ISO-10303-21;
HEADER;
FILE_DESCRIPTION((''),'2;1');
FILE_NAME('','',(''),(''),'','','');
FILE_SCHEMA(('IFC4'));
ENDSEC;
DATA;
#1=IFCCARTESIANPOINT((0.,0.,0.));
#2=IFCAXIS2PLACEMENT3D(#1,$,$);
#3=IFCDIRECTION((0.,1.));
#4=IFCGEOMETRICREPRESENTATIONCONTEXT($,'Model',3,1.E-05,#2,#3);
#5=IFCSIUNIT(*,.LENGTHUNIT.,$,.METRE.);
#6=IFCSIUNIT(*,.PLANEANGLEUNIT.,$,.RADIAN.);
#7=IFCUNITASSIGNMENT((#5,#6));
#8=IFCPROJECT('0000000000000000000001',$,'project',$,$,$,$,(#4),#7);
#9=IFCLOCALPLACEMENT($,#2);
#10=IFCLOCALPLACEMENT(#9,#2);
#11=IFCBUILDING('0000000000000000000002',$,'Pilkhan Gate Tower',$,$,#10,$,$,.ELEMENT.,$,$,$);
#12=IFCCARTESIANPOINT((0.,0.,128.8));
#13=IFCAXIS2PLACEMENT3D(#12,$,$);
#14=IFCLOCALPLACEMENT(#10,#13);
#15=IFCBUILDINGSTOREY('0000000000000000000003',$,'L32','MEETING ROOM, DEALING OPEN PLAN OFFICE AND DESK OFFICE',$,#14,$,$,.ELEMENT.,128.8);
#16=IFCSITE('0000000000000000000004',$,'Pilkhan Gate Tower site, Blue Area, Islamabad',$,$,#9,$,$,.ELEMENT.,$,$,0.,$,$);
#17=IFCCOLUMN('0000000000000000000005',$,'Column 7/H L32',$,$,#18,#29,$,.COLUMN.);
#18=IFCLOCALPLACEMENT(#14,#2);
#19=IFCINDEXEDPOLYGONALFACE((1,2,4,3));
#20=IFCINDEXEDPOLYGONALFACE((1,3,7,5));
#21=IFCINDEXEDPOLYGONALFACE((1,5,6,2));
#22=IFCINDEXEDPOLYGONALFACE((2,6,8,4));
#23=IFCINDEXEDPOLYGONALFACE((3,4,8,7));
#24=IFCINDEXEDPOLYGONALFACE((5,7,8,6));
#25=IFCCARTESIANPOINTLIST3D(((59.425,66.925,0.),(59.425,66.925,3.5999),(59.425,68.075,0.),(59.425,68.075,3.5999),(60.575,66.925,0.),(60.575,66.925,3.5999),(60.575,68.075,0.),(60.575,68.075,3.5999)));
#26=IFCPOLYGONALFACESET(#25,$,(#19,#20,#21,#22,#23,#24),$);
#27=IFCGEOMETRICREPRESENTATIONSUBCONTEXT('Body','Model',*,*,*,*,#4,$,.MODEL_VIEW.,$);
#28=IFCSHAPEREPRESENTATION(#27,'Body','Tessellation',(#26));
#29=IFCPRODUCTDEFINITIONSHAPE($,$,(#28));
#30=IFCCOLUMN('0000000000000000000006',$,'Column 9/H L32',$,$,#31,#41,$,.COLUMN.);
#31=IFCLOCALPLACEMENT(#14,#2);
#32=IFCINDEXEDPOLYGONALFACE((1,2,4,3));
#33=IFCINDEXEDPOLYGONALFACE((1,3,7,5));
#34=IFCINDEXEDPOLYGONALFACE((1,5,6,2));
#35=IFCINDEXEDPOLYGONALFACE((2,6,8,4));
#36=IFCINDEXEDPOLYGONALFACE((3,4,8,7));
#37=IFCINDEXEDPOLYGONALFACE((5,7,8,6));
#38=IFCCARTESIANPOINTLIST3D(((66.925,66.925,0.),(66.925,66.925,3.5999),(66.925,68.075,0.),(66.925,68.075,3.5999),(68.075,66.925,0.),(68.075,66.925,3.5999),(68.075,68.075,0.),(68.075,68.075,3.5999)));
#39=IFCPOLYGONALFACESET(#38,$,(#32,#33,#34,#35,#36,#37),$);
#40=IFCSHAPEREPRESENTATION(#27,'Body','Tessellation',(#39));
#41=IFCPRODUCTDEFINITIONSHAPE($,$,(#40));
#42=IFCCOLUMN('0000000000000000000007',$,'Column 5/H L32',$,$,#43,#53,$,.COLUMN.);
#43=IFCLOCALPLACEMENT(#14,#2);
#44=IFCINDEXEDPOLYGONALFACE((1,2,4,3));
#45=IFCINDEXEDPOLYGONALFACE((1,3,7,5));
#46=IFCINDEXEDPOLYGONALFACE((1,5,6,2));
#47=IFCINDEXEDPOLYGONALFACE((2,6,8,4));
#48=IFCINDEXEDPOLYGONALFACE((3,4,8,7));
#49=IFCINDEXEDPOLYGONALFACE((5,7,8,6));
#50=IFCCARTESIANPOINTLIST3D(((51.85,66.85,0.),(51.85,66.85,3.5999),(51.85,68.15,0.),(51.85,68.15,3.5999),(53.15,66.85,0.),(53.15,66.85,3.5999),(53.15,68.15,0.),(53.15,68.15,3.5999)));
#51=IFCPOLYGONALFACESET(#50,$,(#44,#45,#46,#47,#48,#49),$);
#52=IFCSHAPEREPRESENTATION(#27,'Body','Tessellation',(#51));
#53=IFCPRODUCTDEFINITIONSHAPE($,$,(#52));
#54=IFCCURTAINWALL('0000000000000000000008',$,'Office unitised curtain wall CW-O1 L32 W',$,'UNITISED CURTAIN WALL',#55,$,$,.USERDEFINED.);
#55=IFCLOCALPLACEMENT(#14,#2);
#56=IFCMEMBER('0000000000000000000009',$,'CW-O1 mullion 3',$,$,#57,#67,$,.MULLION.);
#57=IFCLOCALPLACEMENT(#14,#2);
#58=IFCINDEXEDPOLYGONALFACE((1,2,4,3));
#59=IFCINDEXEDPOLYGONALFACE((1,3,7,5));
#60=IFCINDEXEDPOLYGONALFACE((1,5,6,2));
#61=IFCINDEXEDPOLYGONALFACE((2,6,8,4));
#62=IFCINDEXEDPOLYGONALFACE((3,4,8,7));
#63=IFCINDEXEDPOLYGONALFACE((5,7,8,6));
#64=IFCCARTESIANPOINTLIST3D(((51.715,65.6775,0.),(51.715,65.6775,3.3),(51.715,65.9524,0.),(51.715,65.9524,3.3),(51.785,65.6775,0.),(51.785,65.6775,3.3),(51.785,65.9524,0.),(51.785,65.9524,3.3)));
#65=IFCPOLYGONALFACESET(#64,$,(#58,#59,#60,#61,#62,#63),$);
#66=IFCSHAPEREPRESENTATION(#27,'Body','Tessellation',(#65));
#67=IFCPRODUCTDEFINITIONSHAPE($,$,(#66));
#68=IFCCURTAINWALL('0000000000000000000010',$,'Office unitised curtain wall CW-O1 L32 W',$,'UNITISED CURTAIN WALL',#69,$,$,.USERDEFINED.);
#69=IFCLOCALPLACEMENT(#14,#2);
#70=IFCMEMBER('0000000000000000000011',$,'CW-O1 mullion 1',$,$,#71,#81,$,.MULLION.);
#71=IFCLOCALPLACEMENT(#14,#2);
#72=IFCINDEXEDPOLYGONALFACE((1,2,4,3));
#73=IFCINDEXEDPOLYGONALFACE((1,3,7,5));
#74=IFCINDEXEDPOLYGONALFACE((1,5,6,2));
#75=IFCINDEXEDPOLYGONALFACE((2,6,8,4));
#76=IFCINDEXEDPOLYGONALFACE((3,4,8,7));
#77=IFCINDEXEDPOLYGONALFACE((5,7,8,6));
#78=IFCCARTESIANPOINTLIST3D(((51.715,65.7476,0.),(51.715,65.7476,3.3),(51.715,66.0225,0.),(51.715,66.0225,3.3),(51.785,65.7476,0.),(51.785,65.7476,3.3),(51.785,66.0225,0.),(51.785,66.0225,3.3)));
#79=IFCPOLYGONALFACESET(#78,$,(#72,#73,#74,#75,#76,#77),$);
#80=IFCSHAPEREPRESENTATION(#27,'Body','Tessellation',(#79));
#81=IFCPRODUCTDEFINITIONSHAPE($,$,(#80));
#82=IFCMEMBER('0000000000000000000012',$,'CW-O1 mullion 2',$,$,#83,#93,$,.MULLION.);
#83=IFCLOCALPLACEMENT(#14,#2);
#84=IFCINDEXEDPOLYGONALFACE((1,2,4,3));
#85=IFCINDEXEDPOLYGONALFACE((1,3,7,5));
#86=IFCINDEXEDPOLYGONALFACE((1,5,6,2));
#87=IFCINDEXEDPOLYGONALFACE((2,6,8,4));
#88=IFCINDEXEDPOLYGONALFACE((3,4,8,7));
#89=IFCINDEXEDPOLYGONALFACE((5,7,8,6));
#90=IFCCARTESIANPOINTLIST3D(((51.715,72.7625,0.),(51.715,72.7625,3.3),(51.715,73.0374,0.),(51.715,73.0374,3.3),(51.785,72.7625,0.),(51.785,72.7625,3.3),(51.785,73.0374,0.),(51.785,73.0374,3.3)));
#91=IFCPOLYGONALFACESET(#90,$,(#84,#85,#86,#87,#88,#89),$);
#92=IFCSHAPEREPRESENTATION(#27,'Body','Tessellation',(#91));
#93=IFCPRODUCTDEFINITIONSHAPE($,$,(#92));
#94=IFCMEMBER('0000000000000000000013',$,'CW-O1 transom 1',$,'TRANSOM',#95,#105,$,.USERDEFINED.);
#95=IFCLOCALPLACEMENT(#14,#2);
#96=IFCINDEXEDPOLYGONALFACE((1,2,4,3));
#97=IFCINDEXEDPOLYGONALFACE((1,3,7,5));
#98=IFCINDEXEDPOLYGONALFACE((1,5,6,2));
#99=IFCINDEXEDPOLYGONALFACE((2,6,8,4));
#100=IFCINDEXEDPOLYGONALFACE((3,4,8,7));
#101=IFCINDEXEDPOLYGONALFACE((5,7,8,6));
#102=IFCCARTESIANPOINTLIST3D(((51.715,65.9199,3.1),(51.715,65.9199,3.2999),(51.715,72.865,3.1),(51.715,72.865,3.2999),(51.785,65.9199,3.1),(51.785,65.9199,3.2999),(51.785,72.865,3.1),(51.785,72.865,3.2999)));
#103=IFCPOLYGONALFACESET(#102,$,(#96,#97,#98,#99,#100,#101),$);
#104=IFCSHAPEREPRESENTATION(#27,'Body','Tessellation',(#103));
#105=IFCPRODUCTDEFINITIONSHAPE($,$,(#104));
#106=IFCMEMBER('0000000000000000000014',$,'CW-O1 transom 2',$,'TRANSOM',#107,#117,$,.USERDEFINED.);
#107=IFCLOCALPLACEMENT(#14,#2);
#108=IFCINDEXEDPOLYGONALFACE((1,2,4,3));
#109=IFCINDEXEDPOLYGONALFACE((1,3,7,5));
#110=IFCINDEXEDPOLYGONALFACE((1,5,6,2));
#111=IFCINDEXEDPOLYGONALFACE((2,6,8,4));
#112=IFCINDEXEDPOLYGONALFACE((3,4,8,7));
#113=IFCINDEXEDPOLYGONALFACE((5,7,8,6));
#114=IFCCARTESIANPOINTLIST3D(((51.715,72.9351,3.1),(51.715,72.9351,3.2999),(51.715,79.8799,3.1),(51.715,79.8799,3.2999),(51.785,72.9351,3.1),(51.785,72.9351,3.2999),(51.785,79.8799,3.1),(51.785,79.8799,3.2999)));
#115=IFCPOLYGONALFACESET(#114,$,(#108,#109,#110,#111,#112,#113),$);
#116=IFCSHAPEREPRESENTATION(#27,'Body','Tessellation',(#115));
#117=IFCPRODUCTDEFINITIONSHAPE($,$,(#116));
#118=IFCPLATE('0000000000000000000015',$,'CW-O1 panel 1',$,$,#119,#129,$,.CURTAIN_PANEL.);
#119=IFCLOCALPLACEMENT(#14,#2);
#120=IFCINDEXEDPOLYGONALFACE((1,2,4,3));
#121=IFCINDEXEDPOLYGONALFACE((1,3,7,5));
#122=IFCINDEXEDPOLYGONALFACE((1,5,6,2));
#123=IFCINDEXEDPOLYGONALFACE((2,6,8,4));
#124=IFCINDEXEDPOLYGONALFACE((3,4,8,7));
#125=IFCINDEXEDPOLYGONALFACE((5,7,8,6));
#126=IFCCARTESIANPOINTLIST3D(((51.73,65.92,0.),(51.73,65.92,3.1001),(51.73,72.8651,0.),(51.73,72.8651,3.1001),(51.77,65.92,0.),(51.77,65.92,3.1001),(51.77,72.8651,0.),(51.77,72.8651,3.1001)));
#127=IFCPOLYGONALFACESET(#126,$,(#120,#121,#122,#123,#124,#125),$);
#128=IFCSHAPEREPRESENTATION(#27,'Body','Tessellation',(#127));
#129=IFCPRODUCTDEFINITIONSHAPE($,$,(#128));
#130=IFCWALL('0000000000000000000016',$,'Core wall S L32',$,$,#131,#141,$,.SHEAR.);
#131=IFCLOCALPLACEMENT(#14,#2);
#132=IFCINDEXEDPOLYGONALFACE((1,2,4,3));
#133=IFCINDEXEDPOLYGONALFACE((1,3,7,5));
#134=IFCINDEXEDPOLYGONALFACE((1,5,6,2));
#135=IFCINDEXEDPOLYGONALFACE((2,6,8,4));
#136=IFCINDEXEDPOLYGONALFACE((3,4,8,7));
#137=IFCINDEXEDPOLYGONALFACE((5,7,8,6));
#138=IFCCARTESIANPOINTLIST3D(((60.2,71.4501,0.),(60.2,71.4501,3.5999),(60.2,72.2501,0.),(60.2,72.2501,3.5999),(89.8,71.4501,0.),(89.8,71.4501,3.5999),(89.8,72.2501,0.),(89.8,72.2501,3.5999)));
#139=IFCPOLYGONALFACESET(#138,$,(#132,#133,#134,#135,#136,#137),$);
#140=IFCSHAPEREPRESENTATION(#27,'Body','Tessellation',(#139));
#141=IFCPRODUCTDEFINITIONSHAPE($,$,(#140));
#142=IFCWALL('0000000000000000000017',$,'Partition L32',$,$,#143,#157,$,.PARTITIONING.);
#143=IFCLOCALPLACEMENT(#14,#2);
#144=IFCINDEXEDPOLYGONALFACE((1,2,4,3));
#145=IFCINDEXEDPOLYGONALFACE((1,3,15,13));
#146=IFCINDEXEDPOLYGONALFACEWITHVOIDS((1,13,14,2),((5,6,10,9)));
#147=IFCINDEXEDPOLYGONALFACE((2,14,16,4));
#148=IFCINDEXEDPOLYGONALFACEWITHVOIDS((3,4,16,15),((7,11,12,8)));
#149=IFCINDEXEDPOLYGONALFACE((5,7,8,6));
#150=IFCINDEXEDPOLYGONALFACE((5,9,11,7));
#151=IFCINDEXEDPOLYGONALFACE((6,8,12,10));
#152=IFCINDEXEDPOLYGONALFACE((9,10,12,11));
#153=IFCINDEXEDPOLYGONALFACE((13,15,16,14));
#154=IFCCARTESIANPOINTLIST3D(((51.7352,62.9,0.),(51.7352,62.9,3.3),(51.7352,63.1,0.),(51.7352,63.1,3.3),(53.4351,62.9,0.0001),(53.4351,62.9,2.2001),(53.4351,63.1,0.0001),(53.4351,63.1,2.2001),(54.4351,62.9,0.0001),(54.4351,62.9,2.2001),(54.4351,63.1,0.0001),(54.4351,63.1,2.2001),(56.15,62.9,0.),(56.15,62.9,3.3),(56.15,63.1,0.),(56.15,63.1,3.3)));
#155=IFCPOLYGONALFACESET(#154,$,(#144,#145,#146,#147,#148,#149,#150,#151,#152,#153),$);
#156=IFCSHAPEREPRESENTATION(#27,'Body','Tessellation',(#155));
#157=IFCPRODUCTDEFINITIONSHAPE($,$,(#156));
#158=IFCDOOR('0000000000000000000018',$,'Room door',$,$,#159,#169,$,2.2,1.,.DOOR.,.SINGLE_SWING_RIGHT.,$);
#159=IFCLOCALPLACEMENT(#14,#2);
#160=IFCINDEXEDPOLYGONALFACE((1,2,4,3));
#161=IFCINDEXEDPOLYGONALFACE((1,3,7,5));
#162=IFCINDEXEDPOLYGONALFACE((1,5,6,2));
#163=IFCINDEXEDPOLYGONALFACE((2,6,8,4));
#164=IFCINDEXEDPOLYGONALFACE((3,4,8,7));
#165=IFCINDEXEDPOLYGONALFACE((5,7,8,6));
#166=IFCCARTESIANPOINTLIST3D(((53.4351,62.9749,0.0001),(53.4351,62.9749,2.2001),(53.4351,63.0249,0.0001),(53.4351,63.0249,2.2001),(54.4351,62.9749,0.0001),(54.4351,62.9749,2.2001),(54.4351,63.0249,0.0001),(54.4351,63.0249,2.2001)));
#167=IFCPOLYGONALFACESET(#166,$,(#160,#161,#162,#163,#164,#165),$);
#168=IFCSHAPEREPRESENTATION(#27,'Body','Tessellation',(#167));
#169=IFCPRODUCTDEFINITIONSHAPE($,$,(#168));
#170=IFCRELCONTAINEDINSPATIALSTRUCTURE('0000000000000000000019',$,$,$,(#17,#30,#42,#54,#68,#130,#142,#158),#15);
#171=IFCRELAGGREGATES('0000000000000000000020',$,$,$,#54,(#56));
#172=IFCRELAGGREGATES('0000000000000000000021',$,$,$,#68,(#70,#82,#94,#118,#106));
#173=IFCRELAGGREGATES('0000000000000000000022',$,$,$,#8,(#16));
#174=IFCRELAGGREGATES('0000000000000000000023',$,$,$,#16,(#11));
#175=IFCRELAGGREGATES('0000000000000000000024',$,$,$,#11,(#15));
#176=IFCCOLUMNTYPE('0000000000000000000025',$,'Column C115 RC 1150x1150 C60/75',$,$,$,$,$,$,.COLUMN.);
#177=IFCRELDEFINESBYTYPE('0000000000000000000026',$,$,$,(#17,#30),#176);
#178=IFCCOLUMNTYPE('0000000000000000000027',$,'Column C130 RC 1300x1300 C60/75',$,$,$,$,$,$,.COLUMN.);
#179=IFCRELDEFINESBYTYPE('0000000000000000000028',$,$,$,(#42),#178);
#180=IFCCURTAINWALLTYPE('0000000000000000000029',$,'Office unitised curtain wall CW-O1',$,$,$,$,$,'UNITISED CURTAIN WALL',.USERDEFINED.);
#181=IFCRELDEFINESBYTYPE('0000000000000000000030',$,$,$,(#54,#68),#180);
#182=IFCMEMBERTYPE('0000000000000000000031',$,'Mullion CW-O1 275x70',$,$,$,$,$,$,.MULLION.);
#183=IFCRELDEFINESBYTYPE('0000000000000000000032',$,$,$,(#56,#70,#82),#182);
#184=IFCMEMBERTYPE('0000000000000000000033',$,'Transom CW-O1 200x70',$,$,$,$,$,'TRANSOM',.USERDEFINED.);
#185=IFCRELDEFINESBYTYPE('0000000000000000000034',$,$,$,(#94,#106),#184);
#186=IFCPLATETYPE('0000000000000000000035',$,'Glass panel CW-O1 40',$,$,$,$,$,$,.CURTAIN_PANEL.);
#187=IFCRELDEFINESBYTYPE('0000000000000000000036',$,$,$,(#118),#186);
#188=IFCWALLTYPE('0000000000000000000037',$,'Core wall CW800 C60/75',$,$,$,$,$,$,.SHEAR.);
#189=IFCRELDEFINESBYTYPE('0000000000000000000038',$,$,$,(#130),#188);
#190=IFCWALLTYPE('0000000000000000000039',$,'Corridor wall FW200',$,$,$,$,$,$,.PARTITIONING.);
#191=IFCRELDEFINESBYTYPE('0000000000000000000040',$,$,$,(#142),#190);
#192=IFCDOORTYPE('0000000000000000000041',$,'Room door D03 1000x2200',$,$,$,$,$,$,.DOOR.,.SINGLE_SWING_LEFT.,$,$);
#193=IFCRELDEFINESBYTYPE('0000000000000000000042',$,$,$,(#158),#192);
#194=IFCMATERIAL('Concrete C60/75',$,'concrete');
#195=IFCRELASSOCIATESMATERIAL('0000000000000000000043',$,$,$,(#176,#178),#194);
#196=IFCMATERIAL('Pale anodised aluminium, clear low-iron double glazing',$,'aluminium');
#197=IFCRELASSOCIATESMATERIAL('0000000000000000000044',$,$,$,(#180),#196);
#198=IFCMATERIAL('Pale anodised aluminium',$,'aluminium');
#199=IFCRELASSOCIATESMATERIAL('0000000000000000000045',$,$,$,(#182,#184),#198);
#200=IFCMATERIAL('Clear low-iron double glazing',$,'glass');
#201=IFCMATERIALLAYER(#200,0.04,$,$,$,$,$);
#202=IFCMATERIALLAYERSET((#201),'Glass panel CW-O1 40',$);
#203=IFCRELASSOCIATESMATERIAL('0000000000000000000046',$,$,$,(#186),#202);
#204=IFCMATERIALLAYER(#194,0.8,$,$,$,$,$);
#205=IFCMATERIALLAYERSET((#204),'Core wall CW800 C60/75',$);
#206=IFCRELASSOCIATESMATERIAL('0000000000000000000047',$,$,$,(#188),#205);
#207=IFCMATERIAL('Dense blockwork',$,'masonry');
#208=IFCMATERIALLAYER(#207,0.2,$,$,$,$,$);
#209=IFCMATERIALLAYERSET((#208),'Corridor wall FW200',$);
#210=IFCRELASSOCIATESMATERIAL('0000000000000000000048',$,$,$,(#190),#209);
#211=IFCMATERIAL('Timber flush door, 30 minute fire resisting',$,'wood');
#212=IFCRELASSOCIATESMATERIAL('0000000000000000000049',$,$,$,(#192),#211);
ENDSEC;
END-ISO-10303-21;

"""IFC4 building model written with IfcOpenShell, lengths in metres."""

from ifc_helpers import new_model, si_unit, direction, frame, frame_2d, origin, origin_2d, place, context, subcontext, project, spatial, rectangle, extrude, material, layer, layer_set, material_profile, profile_set, type_object, element, fill, aggregate, save


model = new_model("IFC4")

# Units and contexts
model_context = context("Model", 3, precision=1e-05, world=origin(), true_north=direction((0.0, 1.0)))
body_context = subcontext(model_context, "Body", "Model", "MODEL_VIEW")
ifc_project = project(units=[si_unit("LENGTHUNIT", "METRE"), si_unit("PLANEANGLEUNIT", "RADIAN")], contexts=[model_context])

# Site, building, storey
site_placement = place(None, origin())
site = spatial("IfcSite", under=ifc_project, at=site_placement, Name="Pilkhan Gate Tower site, Blue Area, Islamabad", CompositionType="ELEMENT", RefElevation=0.0)
building_placement = place(site_placement, origin())
building = spatial("IfcBuilding", under=site, at=building_placement, Name="Pilkhan Gate Tower", CompositionType="ELEMENT")
storey_placement = place(building_placement, frame((0.0, 0.0, 128.8)))
storey = spatial("IfcBuildingStorey", under=building, at=storey_placement, Name="L32", Description="MEETING ROOM, DEALING OPEN PLAN OFFICE AND DESK OFFICE", CompositionType="ELEMENT", Elevation=128.8)

# Columns
ifc_material_1 = material(Name="Concrete C60/75", Category="concrete")
ifc_material_profile_1 = material_profile(ifc_material_1, rectangle(XDim=1.1499, YDim=1.1499, at=origin_2d()), Name="RC 1150x1150")
ifc_profile_set_1 = profile_set([ifc_material_profile_1], Name="Concrete C60/75")
column_type_1 = type_object("IfcColumnType", Name="Column C115 RC 1150x1150 C60/75", PredefinedType="COLUMN", material=ifc_profile_set_1)
for number, where, z_axis, x_axis, name in (
    (1, (60.0, 67.5, 0.0), (0.0, 0.0, 1.0), (1.0, 0.0, 0.0), "Column 7/H L32"),
    (2, (67.5, 67.5, 0.0), (0.0, 0.0, 1.0), (1.0, 0.0, 0.0), "Column 9/H L32"),
):
    element("IfcColumn", number, at=place(storey_placement, frame(where, z_axis=z_axis, x_axis=x_axis)), inside=storey, type_object=column_type_1, Name=name, PredefinedType="COLUMN", context=body_context, shape_type="SweptSolid", body=[
        extrude(rectangle(XDim=1.1499, YDim=1.1499, at=origin_2d()), origin(), (0.0, 0.0, 1.0), 3.5999),
    ])
ifc_material_profile_2 = material_profile(ifc_material_1, rectangle(XDim=1.3, YDim=1.3, at=origin_2d()), Name="RC 1300x1300")
ifc_profile_set_2 = profile_set([ifc_material_profile_2], Name="Concrete C60/75")
column_type_2 = type_object("IfcColumnType", Name="Column C130 RC 1300x1300 C60/75", PredefinedType="COLUMN", material=ifc_profile_set_2)
column_placement = place(storey_placement, frame((52.5, 67.5, 0.0), z_axis=(0.0, 0.0, 1.0), x_axis=(1.0, 0.0, 0.0)))
element("IfcColumn", 3, at=column_placement, inside=storey, type_object=column_type_2, Name="Column 5/H L32", PredefinedType="COLUMN", context=body_context, shape_type="SweptSolid", body=[
    extrude(rectangle(XDim=1.3, YDim=1.3, at=origin_2d()), origin(), (0.0, 0.0, 1.0), 3.5999),
])

# Curtain wall, member
ifc_material_2 = material(Name="Pale anodised aluminium, clear low-iron double glazing", Category="aluminium")
curtain_wall_type = type_object("IfcCurtainWallType", Name="Office unitised curtain wall CW-O1", ElementType="UNITISED CURTAIN WALL", PredefinedType="USERDEFINED", material=ifc_material_2)
curtain_wall_1_placement = place(storey_placement, origin())
curtain_wall_1 = element("IfcCurtainWall", 4, at=curtain_wall_1_placement, inside=storey, type_object=curtain_wall_type, Name="Office unitised curtain wall CW-O1 L32 W", ObjectType="UNITISED CURTAIN WALL", PredefinedType="USERDEFINED")
ifc_material_3 = material(Name="Pale anodised aluminium", Category="aluminium")
ifc_material_profile_3 = material_profile(ifc_material_3, rectangle(XDim=0.0701, YDim=0.2749, at=origin_2d()), Name="Mullion 275x70")
ifc_profile_set_3 = profile_set([ifc_material_profile_3], Name="Pale anodised aluminium")
member_type_1 = type_object("IfcMemberType", Name="Mullion CW-O1 275x70", PredefinedType="MULLION", material=ifc_profile_set_3)
member_1_placement = place(storey_placement, frame((51.75, 65.8149, 0.0), z_axis=(0.0, 0.0, 1.0), x_axis=(-1.0, 0.0, 0.0)))
member_1 = element("IfcMember", 5, at=member_1_placement, type_object=member_type_1, Name="CW-O1 mullion 3", PredefinedType="MULLION", context=body_context, shape_type="SweptSolid", body=[
    extrude(rectangle(XDim=0.0701, YDim=0.2749, at=origin_2d()), origin(), (0.0, 0.0, 1.0), 3.3),
])
aggregate(curtain_wall_1, [member_1])

# Curtain wall, members, plate
curtain_wall_2_placement = place(storey_placement, origin())
curtain_wall_2 = element("IfcCurtainWall", 6, at=curtain_wall_2_placement, inside=storey, type_object=curtain_wall_type, Name="Office unitised curtain wall CW-O1 L32 W", ObjectType="UNITISED CURTAIN WALL", PredefinedType="USERDEFINED")
member_2_placement = place(storey_placement, frame((51.75, 65.885, 0.0), z_axis=(0.0, 0.0, 1.0), x_axis=(-1.0, 0.0, 0.0)))
member_2 = element("IfcMember", 7, at=member_2_placement, type_object=member_type_1, Name="CW-O1 mullion 1", PredefinedType="MULLION", context=body_context, shape_type="SweptSolid", body=[
    extrude(rectangle(XDim=0.0701, YDim=0.2749, at=origin_2d()), origin(), (0.0, 0.0, 1.0), 3.3),
])
member_3_placement = place(storey_placement, frame((51.75, 72.8999, 0.0), z_axis=(0.0, 0.0, 1.0), x_axis=(-1.0, 0.0, 0.0)))
member_3 = element("IfcMember", 8, at=member_3_placement, type_object=member_type_1, Name="CW-O1 mullion 2", PredefinedType="MULLION", context=body_context, shape_type="SweptSolid", body=[
    extrude(rectangle(XDim=0.0701, YDim=0.2749, at=origin_2d()), origin(), (0.0, 0.0, 1.0), 3.3),
])
ifc_material_profile_4 = material_profile(ifc_material_3, rectangle(XDim=0.0701, YDim=0.2, at=origin_2d()), Name="Transom 200x70")
ifc_profile_set_4 = profile_set([ifc_material_profile_4], Name="Pale anodised aluminium")
member_type_2 = type_object("IfcMemberType", Name="Transom CW-O1 200x70", ElementType="TRANSOM", PredefinedType="USERDEFINED", material=ifc_profile_set_4)
member_4_placement = place(storey_placement, frame((51.75, 65.9199, 3.2), z_axis=(0.0, 1.0, 0.0), x_axis=(-1.0, 0.0, 0.0)))
member_4 = element("IfcMember", 9, at=member_4_placement, type_object=member_type_2, Name="CW-O1 transom 1", ObjectType="TRANSOM", PredefinedType="USERDEFINED", context=body_context, shape_type="SweptSolid", body=[
    extrude(rectangle(XDim=0.0701, YDim=0.2, at=origin_2d()), origin(), (0.0, 0.0, 1.0), 6.9451),
])
member_5_placement = place(storey_placement, frame((51.75, 72.9351, 3.2), z_axis=(0.0, 1.0, 0.0), x_axis=(-1.0, 0.0, 0.0)))
member_5 = element("IfcMember", 10, at=member_5_placement, type_object=member_type_2, Name="CW-O1 transom 2", ObjectType="TRANSOM", PredefinedType="USERDEFINED", context=body_context, shape_type="SweptSolid", body=[
    extrude(rectangle(XDim=0.0701, YDim=0.2, at=origin_2d()), origin(), (0.0, 0.0, 1.0), 6.9448),
])
ifc_material_4 = material(Name="Clear low-iron double glazing", Category="glass")
ifc_layer_1 = layer(ifc_material_4, 0.04)
ifc_layer_set_1 = layer_set([ifc_layer_1], Name="Glass panel CW-O1 40")
plate_type = type_object("IfcPlateType", Name="Glass panel CW-O1 40", PredefinedType="CURTAIN_PANEL", material=ifc_layer_set_1)
plate_placement = place(storey_placement, frame((51.75, 69.3926, 0.0), z_axis=(0.0, 0.0, 1.0), x_axis=(0.0, 1.0, 0.0)))
plate = element("IfcPlate", 11, at=plate_placement, type_object=plate_type, Name="CW-O1 panel 1", PredefinedType="CURTAIN_PANEL", context=body_context, shape_type="SweptSolid", body=[
    extrude(rectangle(XDim=6.9451, YDim=0.04, at=origin_2d()), origin(), (0.0, 0.0, 1.0), 3.1001),
])
aggregate(curtain_wall_2, [member_2, member_3, member_4, plate, member_5])

# Wall
ifc_layer_2 = layer(ifc_material_1, 0.8)
ifc_layer_set_2 = layer_set([ifc_layer_2], Name="Core wall CW800 C60/75")
wall_type_1 = type_object("IfcWallType", Name="Core wall CW800 C60/75", PredefinedType="SHEAR", material=ifc_layer_set_2)
wall_1_placement = place(storey_placement, frame((60.2, 71.8501, 0.0), z_axis=(0.0, 0.0, 1.0), x_axis=(1.0, 0.0, 0.0)))
element("IfcWall", 12, at=wall_1_placement, inside=storey, type_object=wall_type_1, Name="Core wall S L32", PredefinedType="SHEAR", context=body_context, shape_type="SweptSolid", body=[
    extrude(rectangle(XDim=29.6001, YDim=0.8, at=frame_2d((14.8, 0.0))), origin(), (0.0, 0.0, 1.0), 3.5999),
])

# Wall, opening, door
ifc_material_5 = material(Name="Dense blockwork", Category="masonry")
ifc_layer_3 = layer(ifc_material_5, 0.2)
ifc_layer_set_3 = layer_set([ifc_layer_3], Name="Corridor wall FW200")
wall_type_2 = type_object("IfcWallType", Name="Corridor wall FW200", PredefinedType="PARTITIONING", material=ifc_layer_set_3)
wall_2_placement = place(storey_placement, frame((51.7351, 63.0, 0.0), z_axis=(0.0, 0.0, 1.0), x_axis=(1.0, 0.0, 0.0)))
wall_2 = element("IfcWall", 13, at=wall_2_placement, inside=storey, type_object=wall_type_2, Name="Partition L32", PredefinedType="PARTITIONING", context=body_context, shape_type="SweptSolid", body=[
    extrude(rectangle(XDim=4.4148, YDim=0.2, at=frame_2d((2.2075, 0.0))), origin(), (0.0, 0.0, 1.0), 3.3),
])
opening_1_placement = place(wall_2_placement, frame((1.7, 0.0, 0.0)))
opening_1 = element("IfcOpeningElement", 14, at=opening_1_placement, cuts=wall_2, PredefinedType="OPENING", context=body_context, shape_type="SweptSolid", body=[
    extrude(rectangle(XDim=1.0, YDim=2.2, at=frame_2d((0.5, 1.1001))), frame((0.0, 0.1099, 0.0), z_axis=(0.0, -1.0, 0.0), x_axis=(1.0, 0.0, 0.0)), (0.0, 0.0, 1.0), 0.22),
])
ifc_material_6 = material(Name="Timber flush door, 30 minute fire resisting", Category="wood")
door_type = type_object("IfcDoorType", Name="Room door D03 1000x2200", OperationType="SINGLE_SWING_LEFT", PredefinedType="DOOR", material=ifc_material_6)
door_1_placement = place(opening_1_placement, origin())
door_1 = element("IfcDoor", 15, at=door_1_placement, inside=storey, type_object=door_type, Name="Room door", OperationType="SINGLE_SWING_RIGHT", OverallHeight=2.2, OverallWidth=1.0, PredefinedType="DOOR", context=body_context, shape_type="SweptSolid", body=[
    extrude(rectangle(XDim=1.0, YDim=2.2, at=frame_2d((0.5, 1.1001))), frame((0.0, 0.0249, 0.0), z_axis=(0.0, -1.0, 0.0), x_axis=(1.0, 0.0, 0.0)), (0.0, 0.0, 1.0), 0.05),
])
fill(opening_1, door_1)

save(model, "model.ifc")
